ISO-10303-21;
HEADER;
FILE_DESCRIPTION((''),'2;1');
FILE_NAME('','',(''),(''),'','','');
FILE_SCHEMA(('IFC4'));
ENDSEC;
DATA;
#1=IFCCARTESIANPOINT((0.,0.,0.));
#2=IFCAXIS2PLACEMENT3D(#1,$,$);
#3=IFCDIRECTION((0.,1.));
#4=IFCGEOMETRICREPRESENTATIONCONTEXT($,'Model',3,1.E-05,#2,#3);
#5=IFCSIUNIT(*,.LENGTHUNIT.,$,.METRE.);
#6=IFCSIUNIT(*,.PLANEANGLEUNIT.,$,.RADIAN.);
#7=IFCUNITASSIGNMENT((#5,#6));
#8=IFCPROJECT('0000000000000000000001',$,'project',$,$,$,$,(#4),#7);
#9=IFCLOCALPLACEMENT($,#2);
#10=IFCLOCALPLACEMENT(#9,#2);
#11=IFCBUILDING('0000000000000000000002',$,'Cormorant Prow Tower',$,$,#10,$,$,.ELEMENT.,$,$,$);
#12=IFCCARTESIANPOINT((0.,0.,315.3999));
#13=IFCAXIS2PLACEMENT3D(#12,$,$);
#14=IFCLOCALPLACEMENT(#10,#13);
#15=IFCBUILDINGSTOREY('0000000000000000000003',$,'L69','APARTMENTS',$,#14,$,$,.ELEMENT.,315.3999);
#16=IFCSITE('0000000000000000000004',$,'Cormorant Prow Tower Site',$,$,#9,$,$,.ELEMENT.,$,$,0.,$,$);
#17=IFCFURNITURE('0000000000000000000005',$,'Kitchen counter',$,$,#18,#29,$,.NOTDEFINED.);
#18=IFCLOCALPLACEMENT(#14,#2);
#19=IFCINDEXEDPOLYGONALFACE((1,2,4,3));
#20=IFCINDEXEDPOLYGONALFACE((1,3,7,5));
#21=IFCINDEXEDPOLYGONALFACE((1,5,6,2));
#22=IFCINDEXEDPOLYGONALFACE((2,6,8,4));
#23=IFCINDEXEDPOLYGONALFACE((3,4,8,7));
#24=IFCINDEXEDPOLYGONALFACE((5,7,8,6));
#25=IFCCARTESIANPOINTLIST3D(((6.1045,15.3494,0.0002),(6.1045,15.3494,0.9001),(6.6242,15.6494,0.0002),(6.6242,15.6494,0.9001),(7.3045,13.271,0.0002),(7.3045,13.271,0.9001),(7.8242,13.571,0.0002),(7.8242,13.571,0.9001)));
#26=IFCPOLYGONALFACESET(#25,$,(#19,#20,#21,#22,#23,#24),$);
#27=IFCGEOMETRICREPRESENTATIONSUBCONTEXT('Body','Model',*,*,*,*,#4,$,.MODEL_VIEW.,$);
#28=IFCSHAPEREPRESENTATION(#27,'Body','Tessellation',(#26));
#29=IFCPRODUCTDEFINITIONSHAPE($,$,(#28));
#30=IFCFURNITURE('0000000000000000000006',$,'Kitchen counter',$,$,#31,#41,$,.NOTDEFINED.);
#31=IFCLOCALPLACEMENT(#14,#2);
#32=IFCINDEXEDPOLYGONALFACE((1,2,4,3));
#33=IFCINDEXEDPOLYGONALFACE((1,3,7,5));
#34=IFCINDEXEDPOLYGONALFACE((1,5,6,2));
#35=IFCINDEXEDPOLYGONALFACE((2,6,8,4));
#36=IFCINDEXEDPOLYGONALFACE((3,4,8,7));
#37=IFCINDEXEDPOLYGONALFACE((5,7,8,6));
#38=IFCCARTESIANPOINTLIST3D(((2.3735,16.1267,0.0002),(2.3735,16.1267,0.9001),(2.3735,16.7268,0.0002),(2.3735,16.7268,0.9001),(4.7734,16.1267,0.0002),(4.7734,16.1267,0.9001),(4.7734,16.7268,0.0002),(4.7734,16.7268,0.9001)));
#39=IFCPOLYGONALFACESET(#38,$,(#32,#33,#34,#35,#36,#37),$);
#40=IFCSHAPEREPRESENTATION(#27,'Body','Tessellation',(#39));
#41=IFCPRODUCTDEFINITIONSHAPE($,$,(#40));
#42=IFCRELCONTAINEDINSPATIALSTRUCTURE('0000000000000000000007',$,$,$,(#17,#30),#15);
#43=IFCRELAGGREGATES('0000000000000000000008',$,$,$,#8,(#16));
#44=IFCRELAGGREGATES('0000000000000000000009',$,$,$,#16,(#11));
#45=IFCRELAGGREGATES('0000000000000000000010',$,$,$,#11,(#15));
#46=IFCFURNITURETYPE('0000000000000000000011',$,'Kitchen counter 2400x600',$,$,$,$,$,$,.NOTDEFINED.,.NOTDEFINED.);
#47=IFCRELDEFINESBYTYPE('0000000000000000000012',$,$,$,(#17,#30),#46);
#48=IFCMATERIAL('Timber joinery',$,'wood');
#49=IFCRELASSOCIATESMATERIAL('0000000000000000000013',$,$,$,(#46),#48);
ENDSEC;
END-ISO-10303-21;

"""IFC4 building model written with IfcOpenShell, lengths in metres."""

from ifc_helpers import new_model, si_unit, direction, frame, origin, origin_2d, place, context, subcontext, project, spatial, rectangle, extrude, material, type_object, element, save


model = new_model("IFC4")

# Units and contexts
model_context = context("Model", 3, precision=1e-05, world=origin(), true_north=direction((0.0, 1.0)))
body_context = subcontext(model_context, "Body", "Model", "MODEL_VIEW")
ifc_project = project(units=[si_unit("LENGTHUNIT", "METRE"), si_unit("PLANEANGLEUNIT", "RADIAN")], contexts=[model_context])

# Site, building, storey
site_placement = place(None, origin())
site = spatial("IfcSite", under=ifc_project, at=site_placement, Name="Cormorant Prow Tower Site", CompositionType="ELEMENT", RefElevation=0.0)
building_placement = place(site_placement, origin())
building = spatial("IfcBuilding", under=site, at=building_placement, Name="Cormorant Prow Tower", CompositionType="ELEMENT")
storey_placement = place(building_placement, frame((0.0, 0.0, 315.3999)))
storey = spatial("IfcBuildingStorey", under=building, at=storey_placement, Name="L69", Description="APARTMENTS", CompositionType="ELEMENT", Elevation=315.3999)

# Furniture
ifc_material_1 = material(Name="Timber joinery", Category="wood")
furniture_type = type_object("IfcFurnitureType", Name="Kitchen counter 2400x600", AssemblyPlace="NOTDEFINED", PredefinedType="NOTDEFINED", material=ifc_material_1)
for number, where, z_axis, x_axis, name in (
    (1, (6.9644, 14.4602, 0.0002), (0.0, 0.0, 1.0), (0.5, -0.866025, 0.0), "Kitchen counter"),
    (2, (3.5735, 16.4268, 0.0002), (0.0, 0.0, 1.0), (1.0, 0.0, 0.0), "Kitchen counter"),
):
    element("IfcFurniture", number, at=place(storey_placement, frame(where, z_axis=z_axis, x_axis=x_axis)), inside=storey, type_object=furniture_type, Name=name, PredefinedType="NOTDEFINED", context=body_context, shape_type="SweptSolid", body=[
        extrude(rectangle(XDim=2.3999, YDim=0.6001, at=origin_2d()), origin(), (0.0, 0.0, 1.0), 0.8999),
    ])

save(model, "model.ifc")
